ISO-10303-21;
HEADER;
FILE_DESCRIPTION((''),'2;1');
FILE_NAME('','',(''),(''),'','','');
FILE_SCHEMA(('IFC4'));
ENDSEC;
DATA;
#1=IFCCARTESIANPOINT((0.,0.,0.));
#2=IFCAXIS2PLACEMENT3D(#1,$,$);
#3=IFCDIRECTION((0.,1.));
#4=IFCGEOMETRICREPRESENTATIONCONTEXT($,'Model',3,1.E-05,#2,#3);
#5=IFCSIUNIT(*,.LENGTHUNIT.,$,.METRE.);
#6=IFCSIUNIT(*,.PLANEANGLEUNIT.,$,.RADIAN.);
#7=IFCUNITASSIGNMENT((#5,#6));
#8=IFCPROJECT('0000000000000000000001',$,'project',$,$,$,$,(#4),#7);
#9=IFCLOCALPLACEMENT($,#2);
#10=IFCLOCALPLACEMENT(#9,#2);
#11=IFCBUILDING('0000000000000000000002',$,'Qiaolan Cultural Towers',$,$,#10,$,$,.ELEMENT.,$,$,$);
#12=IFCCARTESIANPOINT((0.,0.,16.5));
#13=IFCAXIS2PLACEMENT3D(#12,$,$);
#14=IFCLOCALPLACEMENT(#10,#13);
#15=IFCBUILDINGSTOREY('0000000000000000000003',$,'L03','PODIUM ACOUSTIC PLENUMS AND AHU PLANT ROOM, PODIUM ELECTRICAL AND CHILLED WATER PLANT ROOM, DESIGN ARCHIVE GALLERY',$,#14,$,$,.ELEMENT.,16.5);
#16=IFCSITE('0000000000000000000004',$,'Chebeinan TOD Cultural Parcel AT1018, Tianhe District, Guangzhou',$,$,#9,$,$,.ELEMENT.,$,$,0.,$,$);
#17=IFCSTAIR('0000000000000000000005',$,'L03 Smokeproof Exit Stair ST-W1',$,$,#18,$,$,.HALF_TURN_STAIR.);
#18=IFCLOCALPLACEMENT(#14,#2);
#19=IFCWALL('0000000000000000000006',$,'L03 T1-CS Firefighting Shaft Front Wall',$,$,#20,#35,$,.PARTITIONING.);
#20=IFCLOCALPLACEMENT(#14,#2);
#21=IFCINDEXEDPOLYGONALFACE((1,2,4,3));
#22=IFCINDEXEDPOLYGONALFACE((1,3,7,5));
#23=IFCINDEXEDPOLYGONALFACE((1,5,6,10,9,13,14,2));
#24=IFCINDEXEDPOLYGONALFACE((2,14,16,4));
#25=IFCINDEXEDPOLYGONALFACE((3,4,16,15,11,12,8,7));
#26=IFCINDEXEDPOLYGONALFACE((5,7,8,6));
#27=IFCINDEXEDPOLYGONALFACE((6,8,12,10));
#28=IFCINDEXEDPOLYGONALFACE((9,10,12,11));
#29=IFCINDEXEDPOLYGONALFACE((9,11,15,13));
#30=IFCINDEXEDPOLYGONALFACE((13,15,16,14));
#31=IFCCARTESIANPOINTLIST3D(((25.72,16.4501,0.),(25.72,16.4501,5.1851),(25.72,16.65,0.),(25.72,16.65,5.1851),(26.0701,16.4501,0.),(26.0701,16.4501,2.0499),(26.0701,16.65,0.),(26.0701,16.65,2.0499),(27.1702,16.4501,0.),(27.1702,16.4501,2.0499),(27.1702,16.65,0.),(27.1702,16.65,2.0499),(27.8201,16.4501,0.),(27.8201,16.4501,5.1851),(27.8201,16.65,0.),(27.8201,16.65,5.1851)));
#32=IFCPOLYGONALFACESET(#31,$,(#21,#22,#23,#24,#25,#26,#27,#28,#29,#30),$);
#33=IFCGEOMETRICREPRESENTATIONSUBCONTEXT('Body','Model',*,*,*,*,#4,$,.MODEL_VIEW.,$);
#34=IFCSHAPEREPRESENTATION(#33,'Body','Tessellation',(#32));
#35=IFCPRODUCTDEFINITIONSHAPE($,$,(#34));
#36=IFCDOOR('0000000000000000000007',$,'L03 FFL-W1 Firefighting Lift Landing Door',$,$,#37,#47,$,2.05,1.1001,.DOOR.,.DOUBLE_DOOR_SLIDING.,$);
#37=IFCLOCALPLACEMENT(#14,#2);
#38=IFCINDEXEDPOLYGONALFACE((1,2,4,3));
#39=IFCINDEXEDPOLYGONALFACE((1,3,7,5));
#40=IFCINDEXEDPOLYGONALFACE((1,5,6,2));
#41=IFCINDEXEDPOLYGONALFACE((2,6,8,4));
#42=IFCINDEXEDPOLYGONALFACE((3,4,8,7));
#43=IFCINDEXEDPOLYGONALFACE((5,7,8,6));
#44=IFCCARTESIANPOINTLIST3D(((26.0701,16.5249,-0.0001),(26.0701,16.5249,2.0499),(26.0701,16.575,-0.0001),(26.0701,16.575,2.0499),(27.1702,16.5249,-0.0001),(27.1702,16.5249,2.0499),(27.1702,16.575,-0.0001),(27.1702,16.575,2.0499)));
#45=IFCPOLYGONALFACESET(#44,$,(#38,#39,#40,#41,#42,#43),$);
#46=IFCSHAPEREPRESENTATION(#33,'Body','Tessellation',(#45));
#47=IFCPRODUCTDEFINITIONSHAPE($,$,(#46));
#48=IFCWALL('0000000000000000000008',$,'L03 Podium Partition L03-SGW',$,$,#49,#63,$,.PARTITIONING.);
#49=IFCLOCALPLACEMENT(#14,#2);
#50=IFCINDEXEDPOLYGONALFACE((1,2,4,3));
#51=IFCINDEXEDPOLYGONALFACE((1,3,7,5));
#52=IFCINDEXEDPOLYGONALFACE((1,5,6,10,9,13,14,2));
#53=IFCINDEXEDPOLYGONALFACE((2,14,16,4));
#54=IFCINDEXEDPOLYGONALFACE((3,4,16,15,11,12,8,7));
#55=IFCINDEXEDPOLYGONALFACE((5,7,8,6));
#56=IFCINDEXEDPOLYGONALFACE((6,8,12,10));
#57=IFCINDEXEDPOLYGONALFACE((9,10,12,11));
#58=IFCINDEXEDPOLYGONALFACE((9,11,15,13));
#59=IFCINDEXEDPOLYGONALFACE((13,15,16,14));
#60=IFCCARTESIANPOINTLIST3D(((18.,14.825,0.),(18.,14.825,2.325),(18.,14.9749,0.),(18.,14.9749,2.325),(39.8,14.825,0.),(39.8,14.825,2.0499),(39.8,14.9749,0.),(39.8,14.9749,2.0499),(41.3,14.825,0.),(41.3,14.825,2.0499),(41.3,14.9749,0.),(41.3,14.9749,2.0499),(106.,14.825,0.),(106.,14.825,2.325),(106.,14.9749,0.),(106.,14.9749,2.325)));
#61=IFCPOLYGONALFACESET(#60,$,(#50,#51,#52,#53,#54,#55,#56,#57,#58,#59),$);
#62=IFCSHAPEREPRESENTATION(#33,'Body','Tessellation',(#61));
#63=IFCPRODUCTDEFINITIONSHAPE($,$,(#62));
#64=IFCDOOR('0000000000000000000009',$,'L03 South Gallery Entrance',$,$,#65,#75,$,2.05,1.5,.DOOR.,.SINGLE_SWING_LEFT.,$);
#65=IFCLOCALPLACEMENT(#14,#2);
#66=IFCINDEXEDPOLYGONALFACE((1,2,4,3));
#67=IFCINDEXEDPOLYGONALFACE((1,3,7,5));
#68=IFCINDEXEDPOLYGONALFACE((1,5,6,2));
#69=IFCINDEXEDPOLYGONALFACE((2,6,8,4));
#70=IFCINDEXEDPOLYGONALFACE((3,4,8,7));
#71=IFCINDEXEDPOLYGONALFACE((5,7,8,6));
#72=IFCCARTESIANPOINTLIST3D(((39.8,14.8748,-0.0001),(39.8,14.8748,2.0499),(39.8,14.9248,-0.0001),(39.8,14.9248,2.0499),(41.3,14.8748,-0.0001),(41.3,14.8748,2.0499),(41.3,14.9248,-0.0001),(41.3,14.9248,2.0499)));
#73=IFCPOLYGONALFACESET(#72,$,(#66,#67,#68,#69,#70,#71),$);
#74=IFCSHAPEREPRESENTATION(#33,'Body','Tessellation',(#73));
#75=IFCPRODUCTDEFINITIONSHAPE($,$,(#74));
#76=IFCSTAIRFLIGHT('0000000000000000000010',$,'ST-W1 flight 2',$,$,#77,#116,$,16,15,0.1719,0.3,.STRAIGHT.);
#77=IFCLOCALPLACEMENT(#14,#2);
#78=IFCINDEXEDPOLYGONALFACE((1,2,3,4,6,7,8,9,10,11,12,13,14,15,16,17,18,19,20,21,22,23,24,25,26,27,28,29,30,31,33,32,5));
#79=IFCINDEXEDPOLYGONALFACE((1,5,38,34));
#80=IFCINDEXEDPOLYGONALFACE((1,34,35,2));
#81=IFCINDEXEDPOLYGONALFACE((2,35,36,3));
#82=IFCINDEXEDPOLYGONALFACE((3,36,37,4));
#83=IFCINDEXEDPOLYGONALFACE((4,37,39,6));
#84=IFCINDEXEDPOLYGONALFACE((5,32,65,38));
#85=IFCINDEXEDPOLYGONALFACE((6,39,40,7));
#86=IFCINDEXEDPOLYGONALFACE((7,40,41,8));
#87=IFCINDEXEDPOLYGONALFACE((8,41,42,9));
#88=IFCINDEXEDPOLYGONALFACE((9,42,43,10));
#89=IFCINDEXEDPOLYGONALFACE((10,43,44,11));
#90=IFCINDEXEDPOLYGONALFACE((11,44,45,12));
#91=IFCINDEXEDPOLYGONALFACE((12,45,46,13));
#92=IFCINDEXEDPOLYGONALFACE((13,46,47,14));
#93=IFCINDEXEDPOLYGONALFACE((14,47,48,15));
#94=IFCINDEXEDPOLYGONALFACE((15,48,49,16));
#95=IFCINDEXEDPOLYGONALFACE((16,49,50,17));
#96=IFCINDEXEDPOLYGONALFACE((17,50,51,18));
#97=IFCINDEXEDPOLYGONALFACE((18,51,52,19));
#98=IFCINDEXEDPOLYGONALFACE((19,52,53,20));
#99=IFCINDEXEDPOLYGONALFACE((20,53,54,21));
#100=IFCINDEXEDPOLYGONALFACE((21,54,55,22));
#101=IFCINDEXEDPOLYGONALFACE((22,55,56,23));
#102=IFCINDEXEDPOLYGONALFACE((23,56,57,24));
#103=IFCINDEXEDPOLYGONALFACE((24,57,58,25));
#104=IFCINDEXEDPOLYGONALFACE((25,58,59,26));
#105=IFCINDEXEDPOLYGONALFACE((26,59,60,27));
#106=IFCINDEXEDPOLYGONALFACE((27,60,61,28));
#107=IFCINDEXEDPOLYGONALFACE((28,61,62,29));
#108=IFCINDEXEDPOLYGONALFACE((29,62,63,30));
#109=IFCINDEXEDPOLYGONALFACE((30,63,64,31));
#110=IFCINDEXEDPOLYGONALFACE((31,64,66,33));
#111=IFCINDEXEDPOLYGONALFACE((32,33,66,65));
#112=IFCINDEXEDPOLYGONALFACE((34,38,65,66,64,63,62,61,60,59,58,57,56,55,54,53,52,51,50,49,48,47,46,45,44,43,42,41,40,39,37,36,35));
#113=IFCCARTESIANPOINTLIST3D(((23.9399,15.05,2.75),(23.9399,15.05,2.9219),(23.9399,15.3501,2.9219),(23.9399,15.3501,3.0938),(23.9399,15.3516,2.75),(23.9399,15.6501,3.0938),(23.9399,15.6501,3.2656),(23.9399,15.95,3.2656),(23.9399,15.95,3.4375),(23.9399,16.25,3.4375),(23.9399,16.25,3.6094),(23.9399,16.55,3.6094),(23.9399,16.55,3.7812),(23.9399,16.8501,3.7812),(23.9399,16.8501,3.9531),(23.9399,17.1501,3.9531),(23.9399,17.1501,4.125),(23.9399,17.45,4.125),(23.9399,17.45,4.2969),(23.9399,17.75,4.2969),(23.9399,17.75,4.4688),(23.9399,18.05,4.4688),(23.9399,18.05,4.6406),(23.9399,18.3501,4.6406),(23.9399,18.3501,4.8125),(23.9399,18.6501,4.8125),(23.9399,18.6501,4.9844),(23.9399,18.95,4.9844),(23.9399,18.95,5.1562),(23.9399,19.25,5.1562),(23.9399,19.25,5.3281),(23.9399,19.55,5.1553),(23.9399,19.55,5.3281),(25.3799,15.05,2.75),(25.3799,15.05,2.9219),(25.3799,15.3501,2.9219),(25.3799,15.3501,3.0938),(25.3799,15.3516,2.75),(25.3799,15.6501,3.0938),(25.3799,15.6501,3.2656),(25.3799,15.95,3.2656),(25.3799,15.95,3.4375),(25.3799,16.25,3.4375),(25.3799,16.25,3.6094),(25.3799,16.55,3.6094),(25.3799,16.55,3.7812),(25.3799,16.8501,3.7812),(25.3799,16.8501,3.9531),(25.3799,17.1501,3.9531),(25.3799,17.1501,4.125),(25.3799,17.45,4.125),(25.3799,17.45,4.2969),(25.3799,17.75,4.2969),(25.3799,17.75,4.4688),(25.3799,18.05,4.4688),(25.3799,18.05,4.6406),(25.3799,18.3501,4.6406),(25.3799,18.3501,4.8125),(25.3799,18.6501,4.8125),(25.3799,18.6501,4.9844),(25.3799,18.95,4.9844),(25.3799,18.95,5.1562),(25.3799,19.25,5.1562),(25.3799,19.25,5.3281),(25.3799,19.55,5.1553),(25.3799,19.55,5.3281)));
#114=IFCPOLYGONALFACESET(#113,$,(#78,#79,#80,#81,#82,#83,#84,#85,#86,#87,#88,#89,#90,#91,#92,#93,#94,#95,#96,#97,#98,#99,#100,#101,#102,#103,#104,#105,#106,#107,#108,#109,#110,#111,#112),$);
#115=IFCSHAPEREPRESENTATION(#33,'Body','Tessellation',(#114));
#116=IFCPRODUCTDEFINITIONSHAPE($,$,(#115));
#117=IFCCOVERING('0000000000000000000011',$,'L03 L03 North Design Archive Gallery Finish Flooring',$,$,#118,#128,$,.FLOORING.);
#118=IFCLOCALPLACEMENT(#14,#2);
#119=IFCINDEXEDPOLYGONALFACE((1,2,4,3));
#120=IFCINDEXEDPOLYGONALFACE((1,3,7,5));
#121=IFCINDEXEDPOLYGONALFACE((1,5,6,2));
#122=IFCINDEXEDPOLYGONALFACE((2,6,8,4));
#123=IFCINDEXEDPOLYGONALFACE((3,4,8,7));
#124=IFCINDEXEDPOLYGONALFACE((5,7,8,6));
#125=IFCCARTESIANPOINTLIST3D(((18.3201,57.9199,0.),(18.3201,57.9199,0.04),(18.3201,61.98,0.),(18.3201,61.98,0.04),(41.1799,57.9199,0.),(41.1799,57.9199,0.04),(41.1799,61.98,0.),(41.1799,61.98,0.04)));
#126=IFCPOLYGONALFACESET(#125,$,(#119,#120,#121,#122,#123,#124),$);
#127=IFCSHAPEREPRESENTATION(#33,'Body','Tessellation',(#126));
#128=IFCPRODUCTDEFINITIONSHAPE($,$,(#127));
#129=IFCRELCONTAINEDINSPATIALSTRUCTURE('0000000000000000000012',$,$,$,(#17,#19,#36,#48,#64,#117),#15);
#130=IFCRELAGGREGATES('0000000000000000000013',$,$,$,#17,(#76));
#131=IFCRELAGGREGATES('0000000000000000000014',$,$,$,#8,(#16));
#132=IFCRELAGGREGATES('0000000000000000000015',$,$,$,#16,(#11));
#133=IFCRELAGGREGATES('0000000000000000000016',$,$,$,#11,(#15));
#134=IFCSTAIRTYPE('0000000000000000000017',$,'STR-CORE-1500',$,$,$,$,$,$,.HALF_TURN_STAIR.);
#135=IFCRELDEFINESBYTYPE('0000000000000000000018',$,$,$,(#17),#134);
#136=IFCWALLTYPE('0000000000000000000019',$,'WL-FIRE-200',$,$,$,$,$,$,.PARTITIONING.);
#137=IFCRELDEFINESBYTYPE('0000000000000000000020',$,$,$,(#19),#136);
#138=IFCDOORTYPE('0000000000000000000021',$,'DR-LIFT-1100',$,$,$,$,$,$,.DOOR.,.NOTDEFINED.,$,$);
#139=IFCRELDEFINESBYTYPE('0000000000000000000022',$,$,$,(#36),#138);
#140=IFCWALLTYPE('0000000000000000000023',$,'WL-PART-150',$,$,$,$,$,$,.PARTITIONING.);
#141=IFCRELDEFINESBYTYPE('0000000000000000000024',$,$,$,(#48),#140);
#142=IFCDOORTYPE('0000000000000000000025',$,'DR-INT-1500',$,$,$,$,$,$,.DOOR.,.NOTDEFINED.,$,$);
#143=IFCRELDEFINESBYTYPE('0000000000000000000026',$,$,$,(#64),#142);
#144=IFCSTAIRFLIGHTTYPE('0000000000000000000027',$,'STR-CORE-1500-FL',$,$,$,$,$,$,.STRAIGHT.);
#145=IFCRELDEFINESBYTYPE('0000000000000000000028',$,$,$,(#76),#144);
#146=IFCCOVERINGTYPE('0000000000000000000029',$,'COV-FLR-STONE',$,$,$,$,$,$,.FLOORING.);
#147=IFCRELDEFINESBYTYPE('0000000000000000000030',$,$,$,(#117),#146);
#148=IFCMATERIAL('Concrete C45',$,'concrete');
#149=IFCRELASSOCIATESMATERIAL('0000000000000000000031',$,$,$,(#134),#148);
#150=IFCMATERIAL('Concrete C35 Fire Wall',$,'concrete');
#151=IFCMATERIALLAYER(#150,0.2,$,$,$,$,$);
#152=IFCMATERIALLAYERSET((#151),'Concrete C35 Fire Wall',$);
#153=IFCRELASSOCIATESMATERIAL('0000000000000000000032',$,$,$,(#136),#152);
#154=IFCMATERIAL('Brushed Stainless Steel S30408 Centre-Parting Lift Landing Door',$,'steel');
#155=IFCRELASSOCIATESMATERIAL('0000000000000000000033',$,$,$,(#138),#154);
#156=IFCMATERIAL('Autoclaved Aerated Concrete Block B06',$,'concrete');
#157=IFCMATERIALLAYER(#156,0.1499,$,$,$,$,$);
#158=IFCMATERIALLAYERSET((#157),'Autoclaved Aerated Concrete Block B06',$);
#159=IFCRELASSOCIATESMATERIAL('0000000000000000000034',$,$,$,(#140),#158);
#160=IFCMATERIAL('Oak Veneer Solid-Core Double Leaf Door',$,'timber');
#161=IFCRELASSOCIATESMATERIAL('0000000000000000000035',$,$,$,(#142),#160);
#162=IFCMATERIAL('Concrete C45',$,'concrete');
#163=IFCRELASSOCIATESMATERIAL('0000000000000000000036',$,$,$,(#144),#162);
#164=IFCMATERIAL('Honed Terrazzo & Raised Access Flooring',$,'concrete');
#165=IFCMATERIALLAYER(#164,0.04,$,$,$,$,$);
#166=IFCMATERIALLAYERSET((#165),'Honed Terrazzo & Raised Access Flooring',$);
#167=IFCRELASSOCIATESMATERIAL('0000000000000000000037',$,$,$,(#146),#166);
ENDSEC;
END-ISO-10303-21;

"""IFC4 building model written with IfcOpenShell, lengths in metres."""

from ifc_helpers import new_model, si_unit, direction, frame, frame_2d, origin, place, context, subcontext, project, spatial, polyline, rectangle, outline, extrude, material, layer, layer_set, type_object, element, fill, aggregate, save


model = new_model("IFC4")

# Units and contexts
model_context = context("Model", 3, precision=1e-05, world=origin(), true_north=direction((0.0, 1.0)))
body_context = subcontext(model_context, "Body", "Model", "MODEL_VIEW")
ifc_project = project(units=[si_unit("LENGTHUNIT", "METRE"), si_unit("PLANEANGLEUNIT", "RADIAN")], contexts=[model_context])

# Site, building, storey
site_placement = place(None, origin())
site = spatial("IfcSite", under=ifc_project, at=site_placement, Name="Chebeinan TOD Cultural Parcel AT1018, Tianhe District, Guangzhou", CompositionType="ELEMENT", RefElevation=0.0)
building_placement = place(site_placement, origin())
building = spatial("IfcBuilding", under=site, at=building_placement, Name="Qiaolan Cultural Towers", CompositionType="ELEMENT")
storey_placement = place(building_placement, frame((0.0, 0.0, 16.5)))
storey = spatial("IfcBuildingStorey", under=building, at=storey_placement, Name="L03", Description="PODIUM ACOUSTIC PLENUMS AND AHU PLANT ROOM, PODIUM ELECTRICAL AND CHILLED WATER PLANT ROOM, DESIGN ARCHIVE GALLERY", CompositionType="ELEMENT", Elevation=16.5)

# Stair
ifc_material_1 = material(Name="Concrete C45", Category="concrete")
stair_type_1 = type_object("IfcStairType", Name="STR-CORE-1500", PredefinedType="HALF_TURN_STAIR", material=ifc_material_1)
stair_1_placement = place(storey_placement, origin())
stair_1 = element("IfcStair", 1, at=stair_1_placement, inside=storey, type_object=stair_type_1, Name="L03 Smokeproof Exit Stair ST-W1", PredefinedType="HALF_TURN_STAIR")

# Walls, openings, doors
ifc_material_2 = material(Name="Concrete C35 Fire Wall", Category="concrete")
ifc_layer_1 = layer(ifc_material_2, 0.2)
ifc_layer_set_1 = layer_set([ifc_layer_1], Name="Concrete C35 Fire Wall")
wall_type_1 = type_object("IfcWallType", Name="WL-FIRE-200", PredefinedType="PARTITIONING", material=ifc_layer_set_1)
wall_1_placement = place(storey_placement, frame((25.72, 16.55, 0.0), z_axis=(0.0, 0.0, 1.0), x_axis=(1.0, 0.0, 0.0)))
wall_1 = element("IfcWall", 2, at=wall_1_placement, inside=storey, type_object=wall_type_1, Name="L03 T1-CS Firefighting Shaft Front Wall", PredefinedType="PARTITIONING", context=body_context, shape_type="SweptSolid", body=[
    extrude(rectangle(XDim=2.1001, YDim=0.2, at=frame_2d((1.05, 0.0))), origin(), (0.0, 0.0, 1.0), 5.1851),
])
opening_1_placement = place(wall_1_placement, frame((0.3501, 0.0, 0.0)))
opening_1 = element("IfcOpeningElement", 3, at=opening_1_placement, cuts=wall_1, PredefinedType="OPENING", context=body_context, shape_type="SweptSolid", body=[
    extrude(rectangle(XDim=1.1001, YDim=2.05, at=frame_2d((0.55, 1.0249))), frame((0.0, 0.1099, 0.0), z_axis=(0.0, -1.0, 0.0), x_axis=(1.0, 0.0, 0.0)), (0.0, 0.0, 1.0), 0.22),
])
ifc_material_3 = material(Name="Brushed Stainless Steel S30408 Centre-Parting Lift Landing Door", Category="steel")
door_type_1 = type_object("IfcDoorType", Name="DR-LIFT-1100", OperationType="NOTDEFINED", PredefinedType="DOOR", material=ifc_material_3)
door_1_placement = place(opening_1_placement, origin())
door_1 = element("IfcDoor", 4, at=door_1_placement, inside=storey, type_object=door_type_1, Name="L03 FFL-W1 Firefighting Lift Landing Door", OperationType="DOUBLE_DOOR_SLIDING", OverallHeight=2.05, OverallWidth=1.1001, PredefinedType="DOOR", context=body_context, shape_type="SweptSolid", body=[
    extrude(rectangle(XDim=1.1001, YDim=2.05, at=frame_2d((0.55, 1.0249))), frame((0.0, 0.0249, 0.0), z_axis=(0.0, -1.0, 0.0), x_axis=(1.0, 0.0, 0.0)), (0.0, 0.0, 1.0), 0.05),
])
fill(opening_1, door_1)
ifc_material_4 = material(Name="Autoclaved Aerated Concrete Block B06", Category="concrete")
ifc_layer_2 = layer(ifc_material_4, 0.1499)
ifc_layer_set_2 = layer_set([ifc_layer_2], Name="Autoclaved Aerated Concrete Block B06")
wall_type_2 = type_object("IfcWallType", Name="WL-PART-150", PredefinedType="PARTITIONING", material=ifc_layer_set_2)
wall_2_placement = place(storey_placement, frame((18.0, 14.8999, 0.0), z_axis=(0.0, 0.0, 1.0), x_axis=(1.0, 0.0, 0.0)))
wall_2 = element("IfcWall", 5, at=wall_2_placement, inside=storey, type_object=wall_type_2, Name="L03 Podium Partition L03-SGW", PredefinedType="PARTITIONING", context=body_context, shape_type="SweptSolid", body=[
    extrude(rectangle(XDim=88.0, YDim=0.1499, at=frame_2d((44.0, 0.0))), origin(), (0.0, 0.0, 1.0), 2.325),
])
opening_2_placement = place(wall_2_placement, frame((21.8, 0.0, 0.0)))
opening_2 = element("IfcOpeningElement", 6, at=opening_2_placement, cuts=wall_2, PredefinedType="OPENING", context=body_context, shape_type="SweptSolid", body=[
    extrude(rectangle(XDim=1.5, YDim=2.05, at=frame_2d((0.75, 1.0249))), frame((0.0, 0.085, 0.0), z_axis=(0.0, -1.0, 0.0), x_axis=(1.0, 0.0, 0.0)), (0.0, 0.0, 1.0), 0.1699),
])
ifc_material_5 = material(Name="Oak Veneer Solid-Core Double Leaf Door", Category="timber")
door_type_2 = type_object("IfcDoorType", Name="DR-INT-1500", OperationType="NOTDEFINED", PredefinedType="DOOR", material=ifc_material_5)
door_2_placement = place(opening_2_placement, origin())
door_2 = element("IfcDoor", 7, at=door_2_placement, inside=storey, type_object=door_type_2, Name="L03 South Gallery Entrance", OperationType="SINGLE_SWING_LEFT", OverallHeight=2.05, OverallWidth=1.5, PredefinedType="DOOR", context=body_context, shape_type="SweptSolid", body=[
    extrude(rectangle(XDim=1.5, YDim=2.05, at=frame_2d((0.75, 1.0249))), frame((0.0, 0.0249, 0.0), z_axis=(0.0, -1.0, 0.0), x_axis=(1.0, 0.0, 0.0)), (0.0, 0.0, 1.0), 0.05),
])
fill(opening_2, door_2)

# Stair flight
ifc_material_6 = material(Name="Concrete C45", Category="concrete")
stair_flight_type = type_object("IfcStairFlightType", Name="STR-CORE-1500-FL", PredefinedType="STRAIGHT", material=ifc_material_6)
stair_flight_placement = place(storey_placement, frame((24.6599, 15.05, 2.75), z_axis=(0.0, 0.0, 1.0), x_axis=(0.0, 1.0, 0.0)))
stair_flight = element("IfcStairFlight", 8, at=stair_flight_placement, type_object=stair_flight_type, Name="ST-W1 flight 2", NumberOfRisers=16, NumberOfTreads=15, PredefinedType="STRAIGHT", RiserHeight=0.1719, TreadLength=0.3, context=body_context, shape_type="SweptSolid", body=[
    extrude(outline(polyline([(0.0, 0.0), (0.0, 0.1719), (0.3, 0.1719), (0.3, 0.3438), (0.6001, 0.3438), (0.6001, 0.5156), (0.8999, 0.5156), (0.8999, 0.6875), (1.2, 0.6875), (1.2, 0.8594), (1.5, 0.8594), (1.5, 1.0312), (1.8, 1.0312), (1.8, 1.2031), (2.1001, 1.2031), (2.1001, 1.375), (2.3999, 1.375), (2.3999, 1.5469), (2.7, 1.5469), (2.7, 1.7188), (3.0, 1.7188), (3.0, 1.8906), (3.3, 1.8906), (3.3, 2.0625), (3.6001, 2.0625), (3.6001, 2.2344), (3.8999, 2.2344), (3.8999, 2.4062), (4.2, 2.4062), (4.2, 2.5781), (4.5, 2.5781), (4.5, 2.75), (4.5, 2.4053), (0.3015, 0.0), (0.0, 0.0)])), frame((0.0, 0.72, 0.0), z_axis=(0.0, -1.0, 0.0), x_axis=(1.0, 0.0, 0.0)), (0.0, 0.0, 1.0), 1.4399),
])
aggregate(stair_1, [stair_flight])

# Covering
ifc_material_7 = material(Name="Honed Terrazzo & Raised Access Flooring", Category="concrete")
ifc_layer_3 = layer(ifc_material_7, 0.04)
ifc_layer_set_3 = layer_set([ifc_layer_3], Name="Honed Terrazzo & Raised Access Flooring")
covering_type = type_object("IfcCoveringType", Name="COV-FLR-STONE", PredefinedType="FLOORING", material=ifc_layer_set_3)
covering_1_placement = place(storey_placement, origin())
element("IfcCovering", 9, at=covering_1_placement, inside=storey, type_object=covering_type, Name="L03 L03 North Design Archive Gallery Finish Flooring", PredefinedType="FLOORING", context=body_context, shape_type="SweptSolid", body=[
    extrude(outline(polyline([(41.1799, 57.9199), (41.1799, 61.98), (18.3201, 61.98), (18.3201, 57.9199), (41.1799, 57.9199)])), origin(), (0.0, 0.0, 1.0), 0.04),
])

save(model, "model.ifc")
